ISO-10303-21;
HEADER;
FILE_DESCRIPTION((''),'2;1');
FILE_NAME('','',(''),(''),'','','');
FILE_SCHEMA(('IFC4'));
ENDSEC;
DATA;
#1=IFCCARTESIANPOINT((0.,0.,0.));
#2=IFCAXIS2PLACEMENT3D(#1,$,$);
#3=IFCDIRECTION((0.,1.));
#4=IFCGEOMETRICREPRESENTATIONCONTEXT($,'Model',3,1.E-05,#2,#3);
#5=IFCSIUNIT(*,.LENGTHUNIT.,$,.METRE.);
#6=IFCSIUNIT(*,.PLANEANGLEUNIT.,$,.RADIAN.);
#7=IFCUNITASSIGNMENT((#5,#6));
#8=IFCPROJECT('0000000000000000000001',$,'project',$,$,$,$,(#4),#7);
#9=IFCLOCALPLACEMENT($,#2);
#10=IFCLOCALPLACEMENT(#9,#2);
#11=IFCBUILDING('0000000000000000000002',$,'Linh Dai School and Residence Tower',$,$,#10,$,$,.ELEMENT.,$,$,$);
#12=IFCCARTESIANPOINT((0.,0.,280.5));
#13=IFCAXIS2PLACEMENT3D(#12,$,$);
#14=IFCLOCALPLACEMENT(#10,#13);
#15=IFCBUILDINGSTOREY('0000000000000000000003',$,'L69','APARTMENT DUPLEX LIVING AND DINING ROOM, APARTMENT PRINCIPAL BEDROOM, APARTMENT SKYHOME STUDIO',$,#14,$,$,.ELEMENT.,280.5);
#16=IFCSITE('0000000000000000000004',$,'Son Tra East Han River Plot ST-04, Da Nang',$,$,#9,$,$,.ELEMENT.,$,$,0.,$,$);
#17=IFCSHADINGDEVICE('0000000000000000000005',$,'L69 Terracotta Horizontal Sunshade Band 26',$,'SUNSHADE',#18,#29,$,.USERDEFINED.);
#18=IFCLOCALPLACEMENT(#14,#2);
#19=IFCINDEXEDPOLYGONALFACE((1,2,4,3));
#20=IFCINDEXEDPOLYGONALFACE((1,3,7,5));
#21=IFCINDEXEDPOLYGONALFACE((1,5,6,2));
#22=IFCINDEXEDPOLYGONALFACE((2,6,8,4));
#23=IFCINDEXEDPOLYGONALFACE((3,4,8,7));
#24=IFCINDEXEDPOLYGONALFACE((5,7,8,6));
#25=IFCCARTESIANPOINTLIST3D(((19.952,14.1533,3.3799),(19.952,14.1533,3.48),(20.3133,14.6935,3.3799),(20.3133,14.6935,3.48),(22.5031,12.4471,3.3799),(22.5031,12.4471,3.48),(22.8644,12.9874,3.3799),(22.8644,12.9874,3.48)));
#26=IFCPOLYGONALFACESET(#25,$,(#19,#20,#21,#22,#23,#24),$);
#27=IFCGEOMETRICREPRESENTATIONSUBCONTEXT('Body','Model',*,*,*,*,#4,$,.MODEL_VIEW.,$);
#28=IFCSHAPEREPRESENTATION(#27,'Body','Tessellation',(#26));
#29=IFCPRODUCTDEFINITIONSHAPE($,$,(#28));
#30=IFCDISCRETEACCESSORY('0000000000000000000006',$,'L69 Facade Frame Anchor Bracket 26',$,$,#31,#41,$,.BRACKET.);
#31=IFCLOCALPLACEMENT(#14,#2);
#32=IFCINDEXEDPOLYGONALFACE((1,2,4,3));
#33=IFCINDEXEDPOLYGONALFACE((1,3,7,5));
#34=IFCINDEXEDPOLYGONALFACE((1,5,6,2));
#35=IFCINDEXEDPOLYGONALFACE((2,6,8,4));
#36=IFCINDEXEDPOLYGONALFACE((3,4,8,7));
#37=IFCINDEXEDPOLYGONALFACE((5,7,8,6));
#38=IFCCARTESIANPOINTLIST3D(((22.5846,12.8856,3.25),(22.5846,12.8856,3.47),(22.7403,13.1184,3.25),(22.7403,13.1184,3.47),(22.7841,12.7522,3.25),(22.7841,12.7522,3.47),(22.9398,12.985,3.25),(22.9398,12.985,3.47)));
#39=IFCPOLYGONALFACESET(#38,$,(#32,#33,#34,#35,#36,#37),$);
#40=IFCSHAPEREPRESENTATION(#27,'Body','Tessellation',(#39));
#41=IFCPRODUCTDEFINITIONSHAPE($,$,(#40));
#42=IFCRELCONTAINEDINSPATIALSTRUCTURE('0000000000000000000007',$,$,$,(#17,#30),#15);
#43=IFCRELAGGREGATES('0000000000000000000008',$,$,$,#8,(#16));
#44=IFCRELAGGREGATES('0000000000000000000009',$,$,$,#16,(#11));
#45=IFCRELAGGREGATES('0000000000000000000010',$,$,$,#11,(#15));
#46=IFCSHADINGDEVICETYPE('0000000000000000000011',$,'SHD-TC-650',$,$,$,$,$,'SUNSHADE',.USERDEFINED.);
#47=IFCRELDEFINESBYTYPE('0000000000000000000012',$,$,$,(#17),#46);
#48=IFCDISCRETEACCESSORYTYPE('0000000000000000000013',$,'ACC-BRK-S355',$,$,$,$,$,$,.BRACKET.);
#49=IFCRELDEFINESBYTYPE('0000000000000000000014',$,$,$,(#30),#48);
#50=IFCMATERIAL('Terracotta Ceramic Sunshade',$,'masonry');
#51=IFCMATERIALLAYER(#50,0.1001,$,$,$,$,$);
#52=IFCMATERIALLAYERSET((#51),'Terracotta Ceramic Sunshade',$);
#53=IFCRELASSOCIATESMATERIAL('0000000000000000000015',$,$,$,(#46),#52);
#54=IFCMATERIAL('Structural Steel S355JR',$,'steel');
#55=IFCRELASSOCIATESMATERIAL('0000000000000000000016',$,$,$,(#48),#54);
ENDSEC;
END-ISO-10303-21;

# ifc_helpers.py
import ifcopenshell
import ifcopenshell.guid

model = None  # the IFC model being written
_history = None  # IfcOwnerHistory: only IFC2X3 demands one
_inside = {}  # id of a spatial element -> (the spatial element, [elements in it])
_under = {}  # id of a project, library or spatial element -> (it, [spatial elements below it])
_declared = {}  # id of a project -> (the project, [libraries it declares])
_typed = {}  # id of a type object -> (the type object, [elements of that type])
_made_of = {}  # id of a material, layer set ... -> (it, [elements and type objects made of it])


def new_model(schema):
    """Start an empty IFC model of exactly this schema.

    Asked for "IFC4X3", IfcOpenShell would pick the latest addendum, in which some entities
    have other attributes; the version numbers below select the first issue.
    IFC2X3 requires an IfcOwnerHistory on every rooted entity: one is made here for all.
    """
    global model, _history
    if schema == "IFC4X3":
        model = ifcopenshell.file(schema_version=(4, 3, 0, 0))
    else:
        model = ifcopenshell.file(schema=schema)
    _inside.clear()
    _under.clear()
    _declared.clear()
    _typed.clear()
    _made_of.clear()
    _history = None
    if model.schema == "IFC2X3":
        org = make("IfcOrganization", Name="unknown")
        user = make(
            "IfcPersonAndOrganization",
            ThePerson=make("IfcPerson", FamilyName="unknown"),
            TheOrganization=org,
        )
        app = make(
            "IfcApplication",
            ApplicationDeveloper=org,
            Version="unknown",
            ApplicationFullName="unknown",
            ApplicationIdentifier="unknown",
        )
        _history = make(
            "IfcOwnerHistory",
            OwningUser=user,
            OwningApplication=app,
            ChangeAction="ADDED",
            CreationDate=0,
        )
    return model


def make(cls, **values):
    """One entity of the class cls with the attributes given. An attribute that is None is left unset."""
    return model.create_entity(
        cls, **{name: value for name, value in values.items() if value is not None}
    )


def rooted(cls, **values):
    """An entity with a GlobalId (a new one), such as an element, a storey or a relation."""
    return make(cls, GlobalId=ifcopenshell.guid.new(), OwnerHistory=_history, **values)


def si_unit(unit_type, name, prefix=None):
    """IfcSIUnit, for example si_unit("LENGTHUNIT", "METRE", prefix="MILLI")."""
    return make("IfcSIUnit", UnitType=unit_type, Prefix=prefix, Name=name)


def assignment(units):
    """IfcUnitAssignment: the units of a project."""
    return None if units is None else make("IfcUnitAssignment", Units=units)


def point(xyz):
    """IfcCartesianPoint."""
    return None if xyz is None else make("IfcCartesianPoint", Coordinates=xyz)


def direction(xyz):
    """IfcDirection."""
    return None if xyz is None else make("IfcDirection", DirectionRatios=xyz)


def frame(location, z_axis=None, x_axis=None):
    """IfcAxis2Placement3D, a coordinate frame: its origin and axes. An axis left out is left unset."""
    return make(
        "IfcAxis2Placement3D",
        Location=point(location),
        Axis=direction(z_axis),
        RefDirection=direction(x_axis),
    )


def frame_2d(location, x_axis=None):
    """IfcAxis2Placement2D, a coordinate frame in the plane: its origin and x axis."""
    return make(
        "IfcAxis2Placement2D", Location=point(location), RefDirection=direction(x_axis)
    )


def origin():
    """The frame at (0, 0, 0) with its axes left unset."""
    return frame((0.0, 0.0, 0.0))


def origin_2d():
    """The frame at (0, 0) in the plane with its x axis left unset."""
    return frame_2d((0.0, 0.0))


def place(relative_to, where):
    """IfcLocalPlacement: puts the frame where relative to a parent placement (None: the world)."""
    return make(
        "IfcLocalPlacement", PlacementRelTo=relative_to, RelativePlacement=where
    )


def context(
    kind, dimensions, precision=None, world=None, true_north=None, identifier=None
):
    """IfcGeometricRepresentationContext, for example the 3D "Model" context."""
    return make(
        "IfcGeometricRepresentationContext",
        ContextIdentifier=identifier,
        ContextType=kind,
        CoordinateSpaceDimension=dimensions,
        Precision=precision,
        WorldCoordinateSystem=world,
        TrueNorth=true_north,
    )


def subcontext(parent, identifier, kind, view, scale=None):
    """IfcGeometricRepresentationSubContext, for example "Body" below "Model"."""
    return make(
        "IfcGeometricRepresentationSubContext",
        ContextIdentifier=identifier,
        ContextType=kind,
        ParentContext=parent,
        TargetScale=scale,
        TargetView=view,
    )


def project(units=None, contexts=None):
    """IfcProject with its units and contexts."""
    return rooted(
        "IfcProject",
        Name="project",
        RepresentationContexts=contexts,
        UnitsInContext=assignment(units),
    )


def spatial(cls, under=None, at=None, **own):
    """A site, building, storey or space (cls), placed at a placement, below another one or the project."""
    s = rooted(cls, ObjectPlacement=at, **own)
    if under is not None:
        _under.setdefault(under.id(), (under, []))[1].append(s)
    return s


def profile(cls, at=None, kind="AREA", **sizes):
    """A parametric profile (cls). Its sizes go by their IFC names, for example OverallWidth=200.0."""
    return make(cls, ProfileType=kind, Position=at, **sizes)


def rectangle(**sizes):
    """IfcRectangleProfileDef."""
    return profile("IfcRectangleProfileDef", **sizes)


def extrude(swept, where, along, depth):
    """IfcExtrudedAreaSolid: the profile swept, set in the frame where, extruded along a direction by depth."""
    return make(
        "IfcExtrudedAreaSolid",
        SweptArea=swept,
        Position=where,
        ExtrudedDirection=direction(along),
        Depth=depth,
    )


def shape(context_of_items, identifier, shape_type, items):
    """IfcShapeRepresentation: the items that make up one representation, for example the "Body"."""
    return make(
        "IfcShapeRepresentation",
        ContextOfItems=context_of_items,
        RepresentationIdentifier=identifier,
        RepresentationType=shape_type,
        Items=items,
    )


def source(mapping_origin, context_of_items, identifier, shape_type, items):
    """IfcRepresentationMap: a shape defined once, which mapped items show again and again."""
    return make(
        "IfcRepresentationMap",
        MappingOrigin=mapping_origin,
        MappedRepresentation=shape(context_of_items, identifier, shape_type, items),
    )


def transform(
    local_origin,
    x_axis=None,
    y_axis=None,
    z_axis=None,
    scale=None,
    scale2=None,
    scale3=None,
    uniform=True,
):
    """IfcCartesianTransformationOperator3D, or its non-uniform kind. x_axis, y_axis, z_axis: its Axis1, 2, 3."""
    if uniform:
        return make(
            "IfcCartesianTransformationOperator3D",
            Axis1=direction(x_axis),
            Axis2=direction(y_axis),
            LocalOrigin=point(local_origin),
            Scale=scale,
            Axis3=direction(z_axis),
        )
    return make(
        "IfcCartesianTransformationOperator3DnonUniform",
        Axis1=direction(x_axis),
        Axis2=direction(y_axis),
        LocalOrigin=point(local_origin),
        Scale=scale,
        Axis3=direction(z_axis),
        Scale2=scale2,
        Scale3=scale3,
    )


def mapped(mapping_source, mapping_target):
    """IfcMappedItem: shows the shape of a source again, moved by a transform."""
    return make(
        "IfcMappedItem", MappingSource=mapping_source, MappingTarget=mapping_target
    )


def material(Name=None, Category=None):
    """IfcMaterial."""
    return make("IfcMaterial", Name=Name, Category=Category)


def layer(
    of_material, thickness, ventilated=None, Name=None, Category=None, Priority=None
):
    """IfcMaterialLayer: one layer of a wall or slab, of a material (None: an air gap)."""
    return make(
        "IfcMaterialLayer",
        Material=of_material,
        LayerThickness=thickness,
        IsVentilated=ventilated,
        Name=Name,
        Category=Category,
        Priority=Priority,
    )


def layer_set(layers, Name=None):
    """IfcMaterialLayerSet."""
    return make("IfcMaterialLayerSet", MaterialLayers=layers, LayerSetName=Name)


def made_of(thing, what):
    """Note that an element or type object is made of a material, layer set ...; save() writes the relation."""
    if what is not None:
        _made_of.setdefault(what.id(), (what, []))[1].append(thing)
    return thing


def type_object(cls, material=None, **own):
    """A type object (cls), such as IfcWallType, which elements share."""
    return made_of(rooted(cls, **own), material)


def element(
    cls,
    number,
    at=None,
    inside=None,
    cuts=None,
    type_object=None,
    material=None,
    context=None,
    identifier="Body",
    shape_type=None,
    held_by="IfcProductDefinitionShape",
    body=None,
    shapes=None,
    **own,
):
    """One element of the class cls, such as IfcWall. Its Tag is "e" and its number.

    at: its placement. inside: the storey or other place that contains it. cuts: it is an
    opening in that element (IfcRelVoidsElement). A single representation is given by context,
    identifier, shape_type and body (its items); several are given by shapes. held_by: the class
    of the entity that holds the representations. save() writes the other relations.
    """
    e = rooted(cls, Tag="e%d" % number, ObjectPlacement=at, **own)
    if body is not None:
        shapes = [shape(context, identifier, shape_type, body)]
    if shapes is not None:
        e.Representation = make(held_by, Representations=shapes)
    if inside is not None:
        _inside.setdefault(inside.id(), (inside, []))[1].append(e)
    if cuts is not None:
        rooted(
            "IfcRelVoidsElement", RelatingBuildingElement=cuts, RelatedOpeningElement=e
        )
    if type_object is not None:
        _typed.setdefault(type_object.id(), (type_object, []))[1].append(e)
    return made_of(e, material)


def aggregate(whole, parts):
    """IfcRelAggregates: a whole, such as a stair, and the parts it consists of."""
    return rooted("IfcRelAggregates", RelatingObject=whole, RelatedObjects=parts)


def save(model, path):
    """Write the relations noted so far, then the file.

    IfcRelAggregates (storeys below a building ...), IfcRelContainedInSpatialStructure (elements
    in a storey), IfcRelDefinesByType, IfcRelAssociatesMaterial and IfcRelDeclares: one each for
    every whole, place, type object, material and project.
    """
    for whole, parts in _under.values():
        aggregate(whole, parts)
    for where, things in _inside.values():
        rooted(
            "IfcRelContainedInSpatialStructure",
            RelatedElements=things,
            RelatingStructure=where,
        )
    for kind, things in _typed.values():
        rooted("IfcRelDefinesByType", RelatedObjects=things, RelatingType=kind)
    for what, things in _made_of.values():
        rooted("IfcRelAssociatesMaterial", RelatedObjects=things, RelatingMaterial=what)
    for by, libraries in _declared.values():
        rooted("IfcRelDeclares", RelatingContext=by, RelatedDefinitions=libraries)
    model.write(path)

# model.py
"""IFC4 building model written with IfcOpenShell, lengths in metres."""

from ifc_helpers import new_model, si_unit, direction, frame, origin, origin_2d, place, context, subcontext, project, spatial, rectangle, extrude, source, transform, mapped, material, layer, layer_set, type_object, element, save


model = new_model("IFC4")

# Units and contexts
model_context = context("Model", 3, precision=1e-05, world=origin(), true_north=direction((0.0, 1.0)))
body_context = subcontext(model_context, "Body", "Model", "MODEL_VIEW")
ifc_project = project(units=[si_unit("LENGTHUNIT", "METRE"), si_unit("PLANEANGLEUNIT", "RADIAN")], contexts=[model_context])

# Site, building, storey
site_placement = place(None, origin())
site = spatial("IfcSite", under=ifc_project, at=site_placement, Name="Son Tra East Han River Plot ST-04, Da Nang", CompositionType="ELEMENT", RefElevation=0.0)
building_placement = place(site_placement, origin())
building = spatial("IfcBuilding", under=site, at=building_placement, Name="Linh Dai School and Residence Tower", CompositionType="ELEMENT")
storey_placement = place(building_placement, frame((0.0, 0.0, 280.5)))
storey = spatial("IfcBuildingStorey", under=building, at=storey_placement, Name="L69", Description="APARTMENT DUPLEX LIVING AND DINING ROOM, APARTMENT PRINCIPAL BEDROOM, APARTMENT SKYHOME STUDIO", CompositionType="ELEMENT", Elevation=280.5)

# Shared definitions
ifc_material_1 = material(Name="Structural Steel S355JR", Category="steel")

# Shading device
ifc_material_2 = material(Name="Terracotta Ceramic Sunshade", Category="masonry")
ifc_layer_1 = layer(ifc_material_2, 0.1001)
ifc_layer_set_1 = layer_set([ifc_layer_1], Name="Terracotta Ceramic Sunshade")
shading_device_type = type_object("IfcShadingDeviceType", Name="SHD-TC-650", ElementType="SUNSHADE", PredefinedType="USERDEFINED", material=ifc_layer_set_1)
shared_shape_1 = source(origin(), body_context, "Body", "SweptSolid", [
    extrude(rectangle(XDim=3.0691, YDim=0.6499, at=origin_2d()), origin(), (0.0, 0.0, 1.0), 0.1001),
])
shading_device_placement = place(storey_placement, frame((21.4082, 13.5703, 3.3799), z_axis=(0.0, 0.0, 1.0), x_axis=(-0.831245, 0.555906, 0.0)))
element("IfcShadingDevice", 1, at=shading_device_placement, inside=storey, type_object=shading_device_type, Name="L69 Terracotta Horizontal Sunshade Band 26", ObjectType="SUNSHADE", PredefinedType="USERDEFINED", context=body_context, shape_type="MappedRepresentation", body=[
    mapped(shared_shape_1, transform((0.0, 0.0, 0.0), x_axis=(1.0, 0.0, 0.0), y_axis=(0.0, 1.0, 0.0), z_axis=(0.0, 0.0, 1.0), scale=1.0)),
])

# Discrete accessory
discrete_accessory_type = type_object("IfcDiscreteAccessoryType", Name="ACC-BRK-S355", PredefinedType="BRACKET", material=ifc_material_1)
shared_shape_2 = source(origin(), body_context, "Body", "SweptSolid", [
    extrude(rectangle(XDim=0.28, YDim=0.24, at=origin_2d()), origin(), (0.0, 0.0, 1.0), 0.22),
])
discrete_accessory_placement = place(storey_placement, frame((22.7622, 12.9353, 3.25), z_axis=(0.0, 0.0, 1.0), x_axis=(-0.555906, -0.831245, 0.0)))
element("IfcDiscreteAccessory", 2, at=discrete_accessory_placement, inside=storey, type_object=discrete_accessory_type, Name="L69 Facade Frame Anchor Bracket 26", PredefinedType="BRACKET", context=body_context, shape_type="MappedRepresentation", body=[
    mapped(shared_shape_2, transform((0.0, 0.0, 0.0), x_axis=(1.0, 0.0, 0.0), y_axis=(0.0, 1.0, 0.0), z_axis=(0.0, 0.0, 1.0), scale=1.0)),
])

save(model, "model.ifc")
